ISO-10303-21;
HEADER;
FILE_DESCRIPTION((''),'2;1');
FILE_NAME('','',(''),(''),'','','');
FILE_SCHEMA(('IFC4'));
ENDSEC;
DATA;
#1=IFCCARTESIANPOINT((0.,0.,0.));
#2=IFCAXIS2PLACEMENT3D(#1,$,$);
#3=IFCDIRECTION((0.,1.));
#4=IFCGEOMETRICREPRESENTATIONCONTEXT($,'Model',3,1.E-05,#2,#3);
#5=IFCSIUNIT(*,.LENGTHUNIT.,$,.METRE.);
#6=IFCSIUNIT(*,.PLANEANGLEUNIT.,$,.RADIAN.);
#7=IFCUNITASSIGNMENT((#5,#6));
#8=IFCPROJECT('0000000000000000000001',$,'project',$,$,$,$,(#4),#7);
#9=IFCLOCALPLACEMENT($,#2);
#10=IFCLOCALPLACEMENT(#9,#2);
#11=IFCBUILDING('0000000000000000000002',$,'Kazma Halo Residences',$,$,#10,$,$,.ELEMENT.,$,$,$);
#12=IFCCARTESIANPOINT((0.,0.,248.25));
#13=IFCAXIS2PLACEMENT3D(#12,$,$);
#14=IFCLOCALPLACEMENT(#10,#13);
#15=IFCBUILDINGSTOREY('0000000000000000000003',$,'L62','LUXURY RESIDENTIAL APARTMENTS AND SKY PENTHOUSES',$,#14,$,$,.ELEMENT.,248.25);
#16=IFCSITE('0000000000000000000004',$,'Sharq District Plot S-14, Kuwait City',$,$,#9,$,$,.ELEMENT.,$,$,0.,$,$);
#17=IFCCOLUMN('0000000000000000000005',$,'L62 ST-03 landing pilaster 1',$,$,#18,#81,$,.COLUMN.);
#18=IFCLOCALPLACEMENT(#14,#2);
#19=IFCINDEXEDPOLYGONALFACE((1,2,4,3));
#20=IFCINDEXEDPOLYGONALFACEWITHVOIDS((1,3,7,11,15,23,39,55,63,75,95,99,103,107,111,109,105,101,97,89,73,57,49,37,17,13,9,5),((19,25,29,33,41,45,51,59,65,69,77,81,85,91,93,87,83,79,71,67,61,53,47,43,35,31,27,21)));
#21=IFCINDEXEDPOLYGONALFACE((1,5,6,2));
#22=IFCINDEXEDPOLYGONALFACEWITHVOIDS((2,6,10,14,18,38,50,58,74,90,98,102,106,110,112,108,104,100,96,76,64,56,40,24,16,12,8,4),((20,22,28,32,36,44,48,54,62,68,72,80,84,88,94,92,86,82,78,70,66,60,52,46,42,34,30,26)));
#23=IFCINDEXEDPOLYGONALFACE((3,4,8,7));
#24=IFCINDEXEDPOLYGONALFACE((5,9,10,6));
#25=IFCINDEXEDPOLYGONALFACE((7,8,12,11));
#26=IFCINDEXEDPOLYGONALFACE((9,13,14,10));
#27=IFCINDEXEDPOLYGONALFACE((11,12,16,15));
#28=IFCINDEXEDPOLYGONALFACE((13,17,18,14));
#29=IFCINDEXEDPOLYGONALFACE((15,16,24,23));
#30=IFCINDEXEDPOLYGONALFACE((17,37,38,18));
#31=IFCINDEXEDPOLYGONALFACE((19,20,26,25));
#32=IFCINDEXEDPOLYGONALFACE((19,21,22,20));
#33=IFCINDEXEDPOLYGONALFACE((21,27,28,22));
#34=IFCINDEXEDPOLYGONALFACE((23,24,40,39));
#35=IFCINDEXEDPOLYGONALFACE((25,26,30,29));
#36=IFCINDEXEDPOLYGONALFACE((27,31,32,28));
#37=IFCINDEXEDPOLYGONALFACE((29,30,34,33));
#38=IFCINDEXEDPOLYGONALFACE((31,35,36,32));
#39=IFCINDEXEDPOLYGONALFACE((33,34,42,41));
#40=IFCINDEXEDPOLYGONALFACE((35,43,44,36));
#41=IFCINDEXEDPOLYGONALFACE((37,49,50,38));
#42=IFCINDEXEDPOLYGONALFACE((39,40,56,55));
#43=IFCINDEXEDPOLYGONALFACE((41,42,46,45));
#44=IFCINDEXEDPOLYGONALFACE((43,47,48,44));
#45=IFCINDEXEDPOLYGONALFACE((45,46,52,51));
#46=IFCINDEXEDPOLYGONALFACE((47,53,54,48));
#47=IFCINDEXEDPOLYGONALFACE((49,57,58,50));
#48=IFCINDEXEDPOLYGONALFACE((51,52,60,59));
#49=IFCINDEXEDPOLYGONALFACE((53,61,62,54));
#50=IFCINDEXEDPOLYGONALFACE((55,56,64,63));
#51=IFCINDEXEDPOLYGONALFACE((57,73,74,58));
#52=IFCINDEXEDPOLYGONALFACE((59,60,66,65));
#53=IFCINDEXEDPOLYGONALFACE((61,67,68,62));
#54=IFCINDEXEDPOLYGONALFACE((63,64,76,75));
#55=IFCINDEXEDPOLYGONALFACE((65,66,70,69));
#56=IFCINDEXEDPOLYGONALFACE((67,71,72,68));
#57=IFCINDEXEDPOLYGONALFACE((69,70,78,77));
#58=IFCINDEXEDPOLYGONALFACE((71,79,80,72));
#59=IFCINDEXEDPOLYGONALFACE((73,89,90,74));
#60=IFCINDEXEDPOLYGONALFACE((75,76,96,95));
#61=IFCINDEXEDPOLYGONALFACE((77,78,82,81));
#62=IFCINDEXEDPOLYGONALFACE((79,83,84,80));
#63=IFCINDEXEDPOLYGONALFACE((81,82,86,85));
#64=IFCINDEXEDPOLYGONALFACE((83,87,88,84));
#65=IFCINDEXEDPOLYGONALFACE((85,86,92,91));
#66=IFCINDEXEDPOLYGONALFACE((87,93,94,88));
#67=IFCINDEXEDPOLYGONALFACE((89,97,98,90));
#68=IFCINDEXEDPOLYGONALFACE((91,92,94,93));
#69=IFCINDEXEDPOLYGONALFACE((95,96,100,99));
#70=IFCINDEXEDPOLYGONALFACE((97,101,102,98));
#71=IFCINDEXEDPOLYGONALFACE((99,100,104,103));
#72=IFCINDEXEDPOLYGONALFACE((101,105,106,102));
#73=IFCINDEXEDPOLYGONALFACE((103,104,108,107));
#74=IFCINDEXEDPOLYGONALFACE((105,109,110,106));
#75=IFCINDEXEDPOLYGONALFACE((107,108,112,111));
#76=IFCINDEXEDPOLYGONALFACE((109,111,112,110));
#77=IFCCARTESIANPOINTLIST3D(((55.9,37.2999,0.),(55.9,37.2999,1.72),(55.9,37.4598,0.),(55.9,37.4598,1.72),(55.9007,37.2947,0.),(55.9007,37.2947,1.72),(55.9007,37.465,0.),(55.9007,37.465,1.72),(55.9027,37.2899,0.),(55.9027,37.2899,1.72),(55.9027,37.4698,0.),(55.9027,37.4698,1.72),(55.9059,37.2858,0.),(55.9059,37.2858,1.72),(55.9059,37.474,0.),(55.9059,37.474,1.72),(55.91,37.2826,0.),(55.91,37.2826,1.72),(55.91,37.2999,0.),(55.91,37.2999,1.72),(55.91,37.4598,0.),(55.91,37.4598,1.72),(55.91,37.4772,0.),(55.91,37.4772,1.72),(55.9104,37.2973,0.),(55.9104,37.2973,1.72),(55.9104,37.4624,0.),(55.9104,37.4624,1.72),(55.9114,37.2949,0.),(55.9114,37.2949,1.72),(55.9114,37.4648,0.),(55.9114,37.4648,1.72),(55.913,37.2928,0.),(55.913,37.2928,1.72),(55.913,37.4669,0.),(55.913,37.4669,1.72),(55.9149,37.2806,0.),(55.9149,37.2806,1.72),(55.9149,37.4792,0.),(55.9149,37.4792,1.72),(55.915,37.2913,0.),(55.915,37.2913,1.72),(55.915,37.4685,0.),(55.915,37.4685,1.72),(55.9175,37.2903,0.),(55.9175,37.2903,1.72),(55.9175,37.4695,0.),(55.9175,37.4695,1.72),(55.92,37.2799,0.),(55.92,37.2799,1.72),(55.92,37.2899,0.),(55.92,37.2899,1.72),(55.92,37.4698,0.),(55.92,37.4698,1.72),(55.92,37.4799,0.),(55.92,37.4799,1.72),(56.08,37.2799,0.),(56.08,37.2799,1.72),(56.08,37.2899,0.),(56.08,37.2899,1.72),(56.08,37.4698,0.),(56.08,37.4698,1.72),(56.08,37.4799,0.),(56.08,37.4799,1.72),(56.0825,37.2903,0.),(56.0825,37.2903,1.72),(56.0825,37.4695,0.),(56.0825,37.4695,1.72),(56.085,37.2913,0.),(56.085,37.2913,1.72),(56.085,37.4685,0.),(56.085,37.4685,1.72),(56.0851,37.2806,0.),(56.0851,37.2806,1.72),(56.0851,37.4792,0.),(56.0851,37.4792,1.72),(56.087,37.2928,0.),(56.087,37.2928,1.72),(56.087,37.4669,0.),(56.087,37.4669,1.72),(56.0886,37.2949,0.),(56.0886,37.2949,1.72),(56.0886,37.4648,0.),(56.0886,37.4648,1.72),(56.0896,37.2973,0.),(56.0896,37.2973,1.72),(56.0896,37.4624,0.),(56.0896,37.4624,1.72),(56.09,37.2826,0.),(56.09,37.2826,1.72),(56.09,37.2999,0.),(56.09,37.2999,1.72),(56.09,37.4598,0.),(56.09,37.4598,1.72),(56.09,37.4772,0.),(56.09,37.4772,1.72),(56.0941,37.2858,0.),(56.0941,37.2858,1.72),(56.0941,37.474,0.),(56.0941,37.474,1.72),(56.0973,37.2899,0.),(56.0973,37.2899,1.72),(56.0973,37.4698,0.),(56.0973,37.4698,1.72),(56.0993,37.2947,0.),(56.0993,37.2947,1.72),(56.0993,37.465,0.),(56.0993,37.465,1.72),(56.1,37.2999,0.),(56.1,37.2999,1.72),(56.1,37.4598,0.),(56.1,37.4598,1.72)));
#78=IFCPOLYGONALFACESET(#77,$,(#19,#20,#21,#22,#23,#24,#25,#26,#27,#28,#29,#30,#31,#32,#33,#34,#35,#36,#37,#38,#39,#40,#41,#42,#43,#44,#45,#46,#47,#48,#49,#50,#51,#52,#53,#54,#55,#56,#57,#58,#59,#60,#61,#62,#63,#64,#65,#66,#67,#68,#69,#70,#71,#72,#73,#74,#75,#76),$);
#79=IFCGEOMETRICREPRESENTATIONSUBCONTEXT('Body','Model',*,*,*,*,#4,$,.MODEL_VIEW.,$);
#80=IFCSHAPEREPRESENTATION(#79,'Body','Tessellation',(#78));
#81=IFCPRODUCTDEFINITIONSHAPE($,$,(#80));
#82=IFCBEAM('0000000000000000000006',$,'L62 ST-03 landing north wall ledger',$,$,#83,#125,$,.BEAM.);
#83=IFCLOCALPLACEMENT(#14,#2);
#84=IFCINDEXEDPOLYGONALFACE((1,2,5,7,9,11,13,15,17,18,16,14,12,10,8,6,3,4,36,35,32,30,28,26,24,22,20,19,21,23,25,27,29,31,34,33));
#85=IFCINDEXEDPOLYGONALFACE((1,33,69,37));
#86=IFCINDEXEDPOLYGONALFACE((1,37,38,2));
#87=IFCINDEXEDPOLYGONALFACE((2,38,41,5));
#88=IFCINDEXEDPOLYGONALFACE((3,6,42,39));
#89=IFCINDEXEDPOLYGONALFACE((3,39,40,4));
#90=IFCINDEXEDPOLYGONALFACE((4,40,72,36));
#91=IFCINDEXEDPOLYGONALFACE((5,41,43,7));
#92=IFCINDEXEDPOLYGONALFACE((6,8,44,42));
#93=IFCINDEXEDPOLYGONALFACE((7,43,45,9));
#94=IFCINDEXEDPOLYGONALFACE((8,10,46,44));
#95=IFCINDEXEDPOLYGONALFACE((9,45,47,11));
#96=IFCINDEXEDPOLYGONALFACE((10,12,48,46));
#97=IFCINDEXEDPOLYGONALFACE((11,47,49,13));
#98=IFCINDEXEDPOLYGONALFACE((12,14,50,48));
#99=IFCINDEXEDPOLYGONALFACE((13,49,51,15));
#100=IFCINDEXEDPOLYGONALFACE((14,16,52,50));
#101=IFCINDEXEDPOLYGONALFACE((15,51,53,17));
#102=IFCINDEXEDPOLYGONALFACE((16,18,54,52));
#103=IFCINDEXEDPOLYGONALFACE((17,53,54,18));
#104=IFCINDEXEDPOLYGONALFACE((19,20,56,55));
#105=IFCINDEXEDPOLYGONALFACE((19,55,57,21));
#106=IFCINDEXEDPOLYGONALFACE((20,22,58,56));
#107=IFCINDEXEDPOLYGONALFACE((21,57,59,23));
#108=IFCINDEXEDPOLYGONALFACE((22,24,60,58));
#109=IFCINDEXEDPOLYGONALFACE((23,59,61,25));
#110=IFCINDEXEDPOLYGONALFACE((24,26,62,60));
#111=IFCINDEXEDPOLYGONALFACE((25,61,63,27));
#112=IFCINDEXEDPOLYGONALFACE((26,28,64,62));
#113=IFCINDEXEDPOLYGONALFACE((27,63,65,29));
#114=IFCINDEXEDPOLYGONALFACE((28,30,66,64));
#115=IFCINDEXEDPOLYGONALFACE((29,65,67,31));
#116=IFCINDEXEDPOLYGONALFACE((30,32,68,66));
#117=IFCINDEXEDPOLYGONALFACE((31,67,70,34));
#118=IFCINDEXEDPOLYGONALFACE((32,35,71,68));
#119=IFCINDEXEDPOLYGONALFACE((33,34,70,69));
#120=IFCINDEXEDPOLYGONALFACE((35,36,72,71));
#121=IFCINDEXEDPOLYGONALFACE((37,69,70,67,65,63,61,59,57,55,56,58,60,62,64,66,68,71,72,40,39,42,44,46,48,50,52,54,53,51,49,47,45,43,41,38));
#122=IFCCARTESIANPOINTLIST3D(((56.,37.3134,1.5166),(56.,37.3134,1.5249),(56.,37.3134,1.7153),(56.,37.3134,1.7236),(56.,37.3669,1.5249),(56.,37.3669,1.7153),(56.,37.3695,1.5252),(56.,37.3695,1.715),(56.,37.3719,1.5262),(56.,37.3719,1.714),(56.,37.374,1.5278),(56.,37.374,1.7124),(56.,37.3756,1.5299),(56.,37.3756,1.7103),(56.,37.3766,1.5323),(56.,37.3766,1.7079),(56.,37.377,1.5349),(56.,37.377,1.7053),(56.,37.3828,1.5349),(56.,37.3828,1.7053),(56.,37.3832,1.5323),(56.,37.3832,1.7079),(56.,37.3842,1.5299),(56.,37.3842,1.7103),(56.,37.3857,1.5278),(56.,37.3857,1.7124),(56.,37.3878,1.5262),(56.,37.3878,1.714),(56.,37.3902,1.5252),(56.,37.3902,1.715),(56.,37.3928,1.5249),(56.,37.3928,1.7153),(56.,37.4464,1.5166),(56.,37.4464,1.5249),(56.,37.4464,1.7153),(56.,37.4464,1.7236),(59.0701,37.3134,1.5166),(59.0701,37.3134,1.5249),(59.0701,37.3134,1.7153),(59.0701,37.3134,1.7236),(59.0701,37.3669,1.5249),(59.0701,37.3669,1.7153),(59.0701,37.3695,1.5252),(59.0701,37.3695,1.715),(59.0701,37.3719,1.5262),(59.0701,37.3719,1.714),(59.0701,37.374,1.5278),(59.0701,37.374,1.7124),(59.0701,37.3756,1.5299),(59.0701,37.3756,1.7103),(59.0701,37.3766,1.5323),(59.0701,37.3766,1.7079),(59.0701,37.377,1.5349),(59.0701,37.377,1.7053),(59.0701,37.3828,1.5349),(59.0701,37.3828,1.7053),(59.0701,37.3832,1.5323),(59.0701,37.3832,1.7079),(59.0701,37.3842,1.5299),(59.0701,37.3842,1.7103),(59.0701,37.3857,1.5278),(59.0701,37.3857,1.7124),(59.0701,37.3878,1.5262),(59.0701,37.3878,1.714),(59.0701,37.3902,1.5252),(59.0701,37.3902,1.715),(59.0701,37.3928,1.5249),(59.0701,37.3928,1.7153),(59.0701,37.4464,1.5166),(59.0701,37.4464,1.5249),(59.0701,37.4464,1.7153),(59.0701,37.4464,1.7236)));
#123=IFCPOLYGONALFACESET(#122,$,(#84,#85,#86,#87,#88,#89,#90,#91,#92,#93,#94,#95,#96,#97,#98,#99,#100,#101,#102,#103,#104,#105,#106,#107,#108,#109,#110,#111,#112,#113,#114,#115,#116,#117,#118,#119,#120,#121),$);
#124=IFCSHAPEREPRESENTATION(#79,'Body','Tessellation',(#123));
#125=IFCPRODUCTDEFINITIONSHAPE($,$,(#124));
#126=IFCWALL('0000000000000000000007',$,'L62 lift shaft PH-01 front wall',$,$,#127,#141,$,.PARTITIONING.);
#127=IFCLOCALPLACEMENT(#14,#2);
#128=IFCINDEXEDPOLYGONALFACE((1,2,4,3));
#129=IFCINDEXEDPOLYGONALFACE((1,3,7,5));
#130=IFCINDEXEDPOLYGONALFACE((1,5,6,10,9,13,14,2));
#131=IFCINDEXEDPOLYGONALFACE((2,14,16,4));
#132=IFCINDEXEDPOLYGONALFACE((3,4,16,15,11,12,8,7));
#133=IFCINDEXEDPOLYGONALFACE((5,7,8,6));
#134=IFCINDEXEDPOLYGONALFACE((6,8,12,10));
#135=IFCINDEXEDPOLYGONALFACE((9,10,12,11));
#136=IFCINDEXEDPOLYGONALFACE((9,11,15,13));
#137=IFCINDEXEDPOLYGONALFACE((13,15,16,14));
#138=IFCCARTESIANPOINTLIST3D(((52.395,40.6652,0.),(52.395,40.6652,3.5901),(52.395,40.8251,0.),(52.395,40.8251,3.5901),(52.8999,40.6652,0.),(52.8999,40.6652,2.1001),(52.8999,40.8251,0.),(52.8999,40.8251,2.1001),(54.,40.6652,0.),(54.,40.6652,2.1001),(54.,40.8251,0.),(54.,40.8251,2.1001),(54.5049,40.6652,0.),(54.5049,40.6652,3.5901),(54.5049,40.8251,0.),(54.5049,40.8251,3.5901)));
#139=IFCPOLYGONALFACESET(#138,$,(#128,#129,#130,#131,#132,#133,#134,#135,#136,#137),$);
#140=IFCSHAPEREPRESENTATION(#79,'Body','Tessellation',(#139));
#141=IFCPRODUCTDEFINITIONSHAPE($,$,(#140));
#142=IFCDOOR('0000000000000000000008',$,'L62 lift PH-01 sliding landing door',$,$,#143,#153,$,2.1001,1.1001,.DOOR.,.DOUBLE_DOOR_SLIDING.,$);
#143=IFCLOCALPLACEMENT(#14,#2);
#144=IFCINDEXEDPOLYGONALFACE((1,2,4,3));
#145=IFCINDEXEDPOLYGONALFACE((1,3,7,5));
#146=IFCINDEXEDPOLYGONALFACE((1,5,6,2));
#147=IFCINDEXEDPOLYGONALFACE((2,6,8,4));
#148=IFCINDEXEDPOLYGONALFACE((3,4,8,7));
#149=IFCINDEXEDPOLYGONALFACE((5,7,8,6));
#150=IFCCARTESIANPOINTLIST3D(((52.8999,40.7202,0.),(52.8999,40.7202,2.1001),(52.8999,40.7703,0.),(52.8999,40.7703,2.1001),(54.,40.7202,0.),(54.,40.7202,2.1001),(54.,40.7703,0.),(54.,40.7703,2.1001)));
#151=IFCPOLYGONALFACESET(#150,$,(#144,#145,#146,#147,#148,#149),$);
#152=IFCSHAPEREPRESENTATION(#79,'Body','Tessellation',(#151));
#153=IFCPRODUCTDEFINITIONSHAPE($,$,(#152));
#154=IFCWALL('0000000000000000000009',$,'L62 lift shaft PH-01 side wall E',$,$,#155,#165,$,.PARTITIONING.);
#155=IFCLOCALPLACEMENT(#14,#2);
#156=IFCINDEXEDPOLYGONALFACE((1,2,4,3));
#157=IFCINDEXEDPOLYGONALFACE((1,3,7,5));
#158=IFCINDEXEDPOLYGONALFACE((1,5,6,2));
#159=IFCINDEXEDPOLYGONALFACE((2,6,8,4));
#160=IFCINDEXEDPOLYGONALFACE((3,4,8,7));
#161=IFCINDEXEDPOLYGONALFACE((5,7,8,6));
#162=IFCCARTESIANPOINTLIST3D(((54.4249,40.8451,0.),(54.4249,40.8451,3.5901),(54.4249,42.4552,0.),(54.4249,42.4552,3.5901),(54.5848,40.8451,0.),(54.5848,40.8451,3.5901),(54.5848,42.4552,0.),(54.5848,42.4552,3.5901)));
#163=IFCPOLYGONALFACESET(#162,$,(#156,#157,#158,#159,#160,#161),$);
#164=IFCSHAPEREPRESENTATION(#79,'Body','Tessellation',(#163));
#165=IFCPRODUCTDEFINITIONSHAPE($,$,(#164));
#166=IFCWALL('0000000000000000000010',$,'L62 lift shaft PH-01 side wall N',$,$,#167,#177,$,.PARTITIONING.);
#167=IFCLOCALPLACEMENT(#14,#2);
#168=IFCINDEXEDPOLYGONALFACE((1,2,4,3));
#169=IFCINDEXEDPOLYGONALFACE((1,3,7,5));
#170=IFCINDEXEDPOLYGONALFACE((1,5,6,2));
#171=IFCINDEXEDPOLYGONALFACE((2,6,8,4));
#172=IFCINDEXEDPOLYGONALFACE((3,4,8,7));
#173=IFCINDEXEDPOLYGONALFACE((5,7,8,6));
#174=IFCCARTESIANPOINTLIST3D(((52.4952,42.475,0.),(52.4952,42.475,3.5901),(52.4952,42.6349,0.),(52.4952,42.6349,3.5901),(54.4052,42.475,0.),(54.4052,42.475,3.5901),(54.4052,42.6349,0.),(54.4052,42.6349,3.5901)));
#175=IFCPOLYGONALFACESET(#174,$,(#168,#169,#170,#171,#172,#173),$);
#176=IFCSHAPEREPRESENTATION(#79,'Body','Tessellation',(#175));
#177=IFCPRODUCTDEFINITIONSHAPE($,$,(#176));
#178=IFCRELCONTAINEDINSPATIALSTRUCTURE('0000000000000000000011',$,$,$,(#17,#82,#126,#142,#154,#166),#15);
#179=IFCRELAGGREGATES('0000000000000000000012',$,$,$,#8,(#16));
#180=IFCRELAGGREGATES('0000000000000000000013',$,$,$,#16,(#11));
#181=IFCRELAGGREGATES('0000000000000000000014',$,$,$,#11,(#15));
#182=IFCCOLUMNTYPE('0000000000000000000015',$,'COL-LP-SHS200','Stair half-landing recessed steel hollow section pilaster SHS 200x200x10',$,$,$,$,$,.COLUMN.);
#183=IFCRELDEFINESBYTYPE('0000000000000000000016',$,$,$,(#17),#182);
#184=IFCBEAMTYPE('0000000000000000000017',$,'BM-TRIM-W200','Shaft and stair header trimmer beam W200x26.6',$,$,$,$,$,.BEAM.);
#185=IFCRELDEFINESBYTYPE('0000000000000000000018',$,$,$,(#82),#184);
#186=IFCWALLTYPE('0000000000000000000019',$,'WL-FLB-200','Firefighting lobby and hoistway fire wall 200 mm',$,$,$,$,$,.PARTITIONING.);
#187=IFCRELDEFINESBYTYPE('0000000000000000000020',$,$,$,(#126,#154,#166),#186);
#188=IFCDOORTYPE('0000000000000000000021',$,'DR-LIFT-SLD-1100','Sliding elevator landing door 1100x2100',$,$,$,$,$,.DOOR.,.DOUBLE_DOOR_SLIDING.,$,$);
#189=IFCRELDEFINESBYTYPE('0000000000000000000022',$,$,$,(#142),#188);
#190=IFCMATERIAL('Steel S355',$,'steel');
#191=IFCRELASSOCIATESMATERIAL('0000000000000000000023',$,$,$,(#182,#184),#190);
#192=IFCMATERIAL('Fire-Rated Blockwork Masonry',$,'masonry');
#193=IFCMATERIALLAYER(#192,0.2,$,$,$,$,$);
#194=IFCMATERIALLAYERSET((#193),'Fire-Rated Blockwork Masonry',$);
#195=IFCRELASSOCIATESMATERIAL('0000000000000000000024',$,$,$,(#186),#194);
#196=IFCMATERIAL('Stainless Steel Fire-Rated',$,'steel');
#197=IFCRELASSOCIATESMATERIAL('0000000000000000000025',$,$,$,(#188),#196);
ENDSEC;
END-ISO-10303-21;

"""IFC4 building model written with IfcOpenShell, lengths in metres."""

from ifc_helpers import new_model, si_unit, direction, frame, frame_2d, origin, origin_2d, place, context, subcontext, project, spatial, rectangle, hollow_rectangle, i_section, extrude, material, layer, layer_set, material_profile, profile_set, type_object, element, fill, save


model = new_model("IFC4")

# Units and contexts
model_context = context("Model", 3, precision=1e-05, world=origin(), true_north=direction((0.0, 1.0)))
body_context = subcontext(model_context, "Body", "Model", "MODEL_VIEW")
ifc_project = project(units=[si_unit("LENGTHUNIT", "METRE"), si_unit("PLANEANGLEUNIT", "RADIAN")], contexts=[model_context])

# Site, building, storey
site_placement = place(None, origin())
site = spatial("IfcSite", under=ifc_project, at=site_placement, Name="Sharq District Plot S-14, Kuwait City", CompositionType="ELEMENT", RefElevation=0.0)
building_placement = place(site_placement, origin())
building = spatial("IfcBuilding", under=site, at=building_placement, Name="Kazma Halo Residences", CompositionType="ELEMENT")
storey_placement = place(building_placement, frame((0.0, 0.0, 248.25)))
storey = spatial("IfcBuildingStorey", under=building, at=storey_placement, Name="L62", Description="LUXURY RESIDENTIAL APARTMENTS AND SKY PENTHOUSES", CompositionType="ELEMENT", Elevation=248.25)

# Column
ifc_material_1 = material(Name="Steel S355", Category="steel")
ifc_material_profile_1 = material_profile(ifc_material_1, hollow_rectangle(XDim=0.2, YDim=0.2, WallThickness=0.01, InnerFilletRadius=0.01, OuterFilletRadius=0.02, at=origin_2d()), Name="SHS200x200x10")
ifc_profile_set_1 = profile_set([ifc_material_profile_1], Name="Steel S355")
column_type = type_object("IfcColumnType", Name="COL-LP-SHS200", Description="Stair half-landing recessed steel hollow section pilaster SHS 200x200x10", PredefinedType="COLUMN", material=ifc_profile_set_1)
column_placement = place(storey_placement, frame((56.0, 37.3799, 0.0), z_axis=(0.0, 0.0, 1.0), x_axis=(1.0, 0.0, 0.0)))
element("IfcColumn", 1, at=column_placement, inside=storey, type_object=column_type, Name="L62 ST-03 landing pilaster 1", PredefinedType="COLUMN", context=body_context, shape_type="SweptSolid", body=[
    extrude(hollow_rectangle(XDim=0.2, YDim=0.2, WallThickness=0.01, InnerFilletRadius=0.01, OuterFilletRadius=0.02, at=origin_2d()), origin(), (0.0, 0.0, 1.0), 1.72),
])

# Beam
ifc_material_profile_2 = material_profile(ifc_material_1, i_section(OverallWidth=0.1331, OverallDepth=0.207, WebThickness=0.0059, FlangeThickness=0.0083, FilletRadius=0.01, at=origin_2d()), Name="W200x26.6")
ifc_profile_set_2 = profile_set([ifc_material_profile_2], Name="Steel S355")
beam_type = type_object("IfcBeamType", Name="BM-TRIM-W200", Description="Shaft and stair header trimmer beam W200x26.6", PredefinedType="BEAM", material=ifc_profile_set_2)
beam_placement = place(storey_placement, frame((56.0, 37.3799, 1.6201), z_axis=(1.0, 0.0, 0.0), x_axis=(0.0, 1.0, 0.0)))
element("IfcBeam", 2, at=beam_placement, inside=storey, type_object=beam_type, Name="L62 ST-03 landing north wall ledger", PredefinedType="BEAM", context=body_context, shape_type="SweptSolid", body=[
    extrude(i_section(OverallWidth=0.1331, OverallDepth=0.207, WebThickness=0.0059, FlangeThickness=0.0083, FilletRadius=0.01, at=origin_2d()), origin(), (0.0, 0.0, 1.0), 3.0701),
])

# Wall, opening, door
ifc_material_2 = material(Name="Fire-Rated Blockwork Masonry", Category="masonry")
ifc_layer_1 = layer(ifc_material_2, 0.2)
ifc_layer_set_1 = layer_set([ifc_layer_1], Name="Fire-Rated Blockwork Masonry")
wall_type_1 = type_object("IfcWallType", Name="WL-FLB-200", Description="Firefighting lobby and hoistway fire wall 200 mm", PredefinedType="PARTITIONING", material=ifc_layer_set_1)
wall_1_placement = place(storey_placement, frame((54.5049, 40.7451, 0.0), z_axis=(0.0, 0.0, 1.0), x_axis=(-1.0, 0.0, 0.0)))
wall_1 = element("IfcWall", 3, at=wall_1_placement, inside=storey, type_object=wall_type_1, Name="L62 lift shaft PH-01 front wall", PredefinedType="PARTITIONING", context=body_context, shape_type="SweptSolid", body=[
    extrude(rectangle(XDim=2.1099, YDim=0.1599, at=frame_2d((1.0549, 0.0))), origin(), (0.0, 0.0, 1.0), 3.5901),
])
opening_1_placement = place(wall_1_placement, frame((0.5049, 0.0, 0.0)))
opening_1 = element("IfcOpeningElement", 4, at=opening_1_placement, cuts=wall_1, PredefinedType="OPENING", context=body_context, shape_type="SweptSolid", body=[
    extrude(rectangle(XDim=1.1001, YDim=2.1001, at=frame_2d((0.55, 1.05))), frame((0.0, 0.0898, 0.0), z_axis=(0.0, -1.0, 0.0), x_axis=(1.0, 0.0, 0.0)), (0.0, 0.0, 1.0), 0.1799),
])
ifc_material_3 = material(Name="Stainless Steel Fire-Rated", Category="steel")
door_type_1 = type_object("IfcDoorType", Name="DR-LIFT-SLD-1100", Description="Sliding elevator landing door 1100x2100", OperationType="DOUBLE_DOOR_SLIDING", PredefinedType="DOOR", material=ifc_material_3)
door_1_placement = place(opening_1_placement, origin())
door_1 = element("IfcDoor", 5, at=door_1_placement, inside=storey, type_object=door_type_1, Name="L62 lift PH-01 sliding landing door", OperationType="DOUBLE_DOOR_SLIDING", OverallHeight=2.1001, OverallWidth=1.1001, PredefinedType="DOOR", context=body_context, shape_type="SweptSolid", body=[
    extrude(rectangle(XDim=1.1001, YDim=2.1001, at=frame_2d((0.55, 1.05))), frame((0.0, 0.0249, 0.0), z_axis=(0.0, -1.0, 0.0), x_axis=(1.0, 0.0, 0.0)), (0.0, 0.0, 1.0), 0.05),
])
fill(opening_1, door_1)

# Walls
wall_2_placement = place(storey_placement, frame((54.5049, 40.845, 0.0), z_axis=(0.0, 0.0, 1.0), x_axis=(0.0, 1.0, 0.0)))
element("IfcWall", 6, at=wall_2_placement, inside=storey, type_object=wall_type_1, Name="L62 lift shaft PH-01 side wall E", PredefinedType="PARTITIONING", context=body_context, shape_type="SweptSolid", body=[
    extrude(rectangle(XDim=1.6101, YDim=0.1599, at=frame_2d((0.8052, 0.0))), origin(), (0.0, 0.0, 1.0), 3.5901),
])
wall_3_placement = place(storey_placement, frame((52.4951, 42.5549, 0.0), z_axis=(0.0, 0.0, 1.0), x_axis=(1.0, 0.0, 0.0)))
element("IfcWall", 7, at=wall_3_placement, inside=storey, type_object=wall_type_1, Name="L62 lift shaft PH-01 side wall N", PredefinedType="PARTITIONING", context=body_context, shape_type="SweptSolid", body=[
    extrude(rectangle(XDim=1.9099, YDim=0.1599, at=frame_2d((0.9551, 0.0))), origin(), (0.0, 0.0, 1.0), 3.5901),
])

save(model, "model.ifc")
